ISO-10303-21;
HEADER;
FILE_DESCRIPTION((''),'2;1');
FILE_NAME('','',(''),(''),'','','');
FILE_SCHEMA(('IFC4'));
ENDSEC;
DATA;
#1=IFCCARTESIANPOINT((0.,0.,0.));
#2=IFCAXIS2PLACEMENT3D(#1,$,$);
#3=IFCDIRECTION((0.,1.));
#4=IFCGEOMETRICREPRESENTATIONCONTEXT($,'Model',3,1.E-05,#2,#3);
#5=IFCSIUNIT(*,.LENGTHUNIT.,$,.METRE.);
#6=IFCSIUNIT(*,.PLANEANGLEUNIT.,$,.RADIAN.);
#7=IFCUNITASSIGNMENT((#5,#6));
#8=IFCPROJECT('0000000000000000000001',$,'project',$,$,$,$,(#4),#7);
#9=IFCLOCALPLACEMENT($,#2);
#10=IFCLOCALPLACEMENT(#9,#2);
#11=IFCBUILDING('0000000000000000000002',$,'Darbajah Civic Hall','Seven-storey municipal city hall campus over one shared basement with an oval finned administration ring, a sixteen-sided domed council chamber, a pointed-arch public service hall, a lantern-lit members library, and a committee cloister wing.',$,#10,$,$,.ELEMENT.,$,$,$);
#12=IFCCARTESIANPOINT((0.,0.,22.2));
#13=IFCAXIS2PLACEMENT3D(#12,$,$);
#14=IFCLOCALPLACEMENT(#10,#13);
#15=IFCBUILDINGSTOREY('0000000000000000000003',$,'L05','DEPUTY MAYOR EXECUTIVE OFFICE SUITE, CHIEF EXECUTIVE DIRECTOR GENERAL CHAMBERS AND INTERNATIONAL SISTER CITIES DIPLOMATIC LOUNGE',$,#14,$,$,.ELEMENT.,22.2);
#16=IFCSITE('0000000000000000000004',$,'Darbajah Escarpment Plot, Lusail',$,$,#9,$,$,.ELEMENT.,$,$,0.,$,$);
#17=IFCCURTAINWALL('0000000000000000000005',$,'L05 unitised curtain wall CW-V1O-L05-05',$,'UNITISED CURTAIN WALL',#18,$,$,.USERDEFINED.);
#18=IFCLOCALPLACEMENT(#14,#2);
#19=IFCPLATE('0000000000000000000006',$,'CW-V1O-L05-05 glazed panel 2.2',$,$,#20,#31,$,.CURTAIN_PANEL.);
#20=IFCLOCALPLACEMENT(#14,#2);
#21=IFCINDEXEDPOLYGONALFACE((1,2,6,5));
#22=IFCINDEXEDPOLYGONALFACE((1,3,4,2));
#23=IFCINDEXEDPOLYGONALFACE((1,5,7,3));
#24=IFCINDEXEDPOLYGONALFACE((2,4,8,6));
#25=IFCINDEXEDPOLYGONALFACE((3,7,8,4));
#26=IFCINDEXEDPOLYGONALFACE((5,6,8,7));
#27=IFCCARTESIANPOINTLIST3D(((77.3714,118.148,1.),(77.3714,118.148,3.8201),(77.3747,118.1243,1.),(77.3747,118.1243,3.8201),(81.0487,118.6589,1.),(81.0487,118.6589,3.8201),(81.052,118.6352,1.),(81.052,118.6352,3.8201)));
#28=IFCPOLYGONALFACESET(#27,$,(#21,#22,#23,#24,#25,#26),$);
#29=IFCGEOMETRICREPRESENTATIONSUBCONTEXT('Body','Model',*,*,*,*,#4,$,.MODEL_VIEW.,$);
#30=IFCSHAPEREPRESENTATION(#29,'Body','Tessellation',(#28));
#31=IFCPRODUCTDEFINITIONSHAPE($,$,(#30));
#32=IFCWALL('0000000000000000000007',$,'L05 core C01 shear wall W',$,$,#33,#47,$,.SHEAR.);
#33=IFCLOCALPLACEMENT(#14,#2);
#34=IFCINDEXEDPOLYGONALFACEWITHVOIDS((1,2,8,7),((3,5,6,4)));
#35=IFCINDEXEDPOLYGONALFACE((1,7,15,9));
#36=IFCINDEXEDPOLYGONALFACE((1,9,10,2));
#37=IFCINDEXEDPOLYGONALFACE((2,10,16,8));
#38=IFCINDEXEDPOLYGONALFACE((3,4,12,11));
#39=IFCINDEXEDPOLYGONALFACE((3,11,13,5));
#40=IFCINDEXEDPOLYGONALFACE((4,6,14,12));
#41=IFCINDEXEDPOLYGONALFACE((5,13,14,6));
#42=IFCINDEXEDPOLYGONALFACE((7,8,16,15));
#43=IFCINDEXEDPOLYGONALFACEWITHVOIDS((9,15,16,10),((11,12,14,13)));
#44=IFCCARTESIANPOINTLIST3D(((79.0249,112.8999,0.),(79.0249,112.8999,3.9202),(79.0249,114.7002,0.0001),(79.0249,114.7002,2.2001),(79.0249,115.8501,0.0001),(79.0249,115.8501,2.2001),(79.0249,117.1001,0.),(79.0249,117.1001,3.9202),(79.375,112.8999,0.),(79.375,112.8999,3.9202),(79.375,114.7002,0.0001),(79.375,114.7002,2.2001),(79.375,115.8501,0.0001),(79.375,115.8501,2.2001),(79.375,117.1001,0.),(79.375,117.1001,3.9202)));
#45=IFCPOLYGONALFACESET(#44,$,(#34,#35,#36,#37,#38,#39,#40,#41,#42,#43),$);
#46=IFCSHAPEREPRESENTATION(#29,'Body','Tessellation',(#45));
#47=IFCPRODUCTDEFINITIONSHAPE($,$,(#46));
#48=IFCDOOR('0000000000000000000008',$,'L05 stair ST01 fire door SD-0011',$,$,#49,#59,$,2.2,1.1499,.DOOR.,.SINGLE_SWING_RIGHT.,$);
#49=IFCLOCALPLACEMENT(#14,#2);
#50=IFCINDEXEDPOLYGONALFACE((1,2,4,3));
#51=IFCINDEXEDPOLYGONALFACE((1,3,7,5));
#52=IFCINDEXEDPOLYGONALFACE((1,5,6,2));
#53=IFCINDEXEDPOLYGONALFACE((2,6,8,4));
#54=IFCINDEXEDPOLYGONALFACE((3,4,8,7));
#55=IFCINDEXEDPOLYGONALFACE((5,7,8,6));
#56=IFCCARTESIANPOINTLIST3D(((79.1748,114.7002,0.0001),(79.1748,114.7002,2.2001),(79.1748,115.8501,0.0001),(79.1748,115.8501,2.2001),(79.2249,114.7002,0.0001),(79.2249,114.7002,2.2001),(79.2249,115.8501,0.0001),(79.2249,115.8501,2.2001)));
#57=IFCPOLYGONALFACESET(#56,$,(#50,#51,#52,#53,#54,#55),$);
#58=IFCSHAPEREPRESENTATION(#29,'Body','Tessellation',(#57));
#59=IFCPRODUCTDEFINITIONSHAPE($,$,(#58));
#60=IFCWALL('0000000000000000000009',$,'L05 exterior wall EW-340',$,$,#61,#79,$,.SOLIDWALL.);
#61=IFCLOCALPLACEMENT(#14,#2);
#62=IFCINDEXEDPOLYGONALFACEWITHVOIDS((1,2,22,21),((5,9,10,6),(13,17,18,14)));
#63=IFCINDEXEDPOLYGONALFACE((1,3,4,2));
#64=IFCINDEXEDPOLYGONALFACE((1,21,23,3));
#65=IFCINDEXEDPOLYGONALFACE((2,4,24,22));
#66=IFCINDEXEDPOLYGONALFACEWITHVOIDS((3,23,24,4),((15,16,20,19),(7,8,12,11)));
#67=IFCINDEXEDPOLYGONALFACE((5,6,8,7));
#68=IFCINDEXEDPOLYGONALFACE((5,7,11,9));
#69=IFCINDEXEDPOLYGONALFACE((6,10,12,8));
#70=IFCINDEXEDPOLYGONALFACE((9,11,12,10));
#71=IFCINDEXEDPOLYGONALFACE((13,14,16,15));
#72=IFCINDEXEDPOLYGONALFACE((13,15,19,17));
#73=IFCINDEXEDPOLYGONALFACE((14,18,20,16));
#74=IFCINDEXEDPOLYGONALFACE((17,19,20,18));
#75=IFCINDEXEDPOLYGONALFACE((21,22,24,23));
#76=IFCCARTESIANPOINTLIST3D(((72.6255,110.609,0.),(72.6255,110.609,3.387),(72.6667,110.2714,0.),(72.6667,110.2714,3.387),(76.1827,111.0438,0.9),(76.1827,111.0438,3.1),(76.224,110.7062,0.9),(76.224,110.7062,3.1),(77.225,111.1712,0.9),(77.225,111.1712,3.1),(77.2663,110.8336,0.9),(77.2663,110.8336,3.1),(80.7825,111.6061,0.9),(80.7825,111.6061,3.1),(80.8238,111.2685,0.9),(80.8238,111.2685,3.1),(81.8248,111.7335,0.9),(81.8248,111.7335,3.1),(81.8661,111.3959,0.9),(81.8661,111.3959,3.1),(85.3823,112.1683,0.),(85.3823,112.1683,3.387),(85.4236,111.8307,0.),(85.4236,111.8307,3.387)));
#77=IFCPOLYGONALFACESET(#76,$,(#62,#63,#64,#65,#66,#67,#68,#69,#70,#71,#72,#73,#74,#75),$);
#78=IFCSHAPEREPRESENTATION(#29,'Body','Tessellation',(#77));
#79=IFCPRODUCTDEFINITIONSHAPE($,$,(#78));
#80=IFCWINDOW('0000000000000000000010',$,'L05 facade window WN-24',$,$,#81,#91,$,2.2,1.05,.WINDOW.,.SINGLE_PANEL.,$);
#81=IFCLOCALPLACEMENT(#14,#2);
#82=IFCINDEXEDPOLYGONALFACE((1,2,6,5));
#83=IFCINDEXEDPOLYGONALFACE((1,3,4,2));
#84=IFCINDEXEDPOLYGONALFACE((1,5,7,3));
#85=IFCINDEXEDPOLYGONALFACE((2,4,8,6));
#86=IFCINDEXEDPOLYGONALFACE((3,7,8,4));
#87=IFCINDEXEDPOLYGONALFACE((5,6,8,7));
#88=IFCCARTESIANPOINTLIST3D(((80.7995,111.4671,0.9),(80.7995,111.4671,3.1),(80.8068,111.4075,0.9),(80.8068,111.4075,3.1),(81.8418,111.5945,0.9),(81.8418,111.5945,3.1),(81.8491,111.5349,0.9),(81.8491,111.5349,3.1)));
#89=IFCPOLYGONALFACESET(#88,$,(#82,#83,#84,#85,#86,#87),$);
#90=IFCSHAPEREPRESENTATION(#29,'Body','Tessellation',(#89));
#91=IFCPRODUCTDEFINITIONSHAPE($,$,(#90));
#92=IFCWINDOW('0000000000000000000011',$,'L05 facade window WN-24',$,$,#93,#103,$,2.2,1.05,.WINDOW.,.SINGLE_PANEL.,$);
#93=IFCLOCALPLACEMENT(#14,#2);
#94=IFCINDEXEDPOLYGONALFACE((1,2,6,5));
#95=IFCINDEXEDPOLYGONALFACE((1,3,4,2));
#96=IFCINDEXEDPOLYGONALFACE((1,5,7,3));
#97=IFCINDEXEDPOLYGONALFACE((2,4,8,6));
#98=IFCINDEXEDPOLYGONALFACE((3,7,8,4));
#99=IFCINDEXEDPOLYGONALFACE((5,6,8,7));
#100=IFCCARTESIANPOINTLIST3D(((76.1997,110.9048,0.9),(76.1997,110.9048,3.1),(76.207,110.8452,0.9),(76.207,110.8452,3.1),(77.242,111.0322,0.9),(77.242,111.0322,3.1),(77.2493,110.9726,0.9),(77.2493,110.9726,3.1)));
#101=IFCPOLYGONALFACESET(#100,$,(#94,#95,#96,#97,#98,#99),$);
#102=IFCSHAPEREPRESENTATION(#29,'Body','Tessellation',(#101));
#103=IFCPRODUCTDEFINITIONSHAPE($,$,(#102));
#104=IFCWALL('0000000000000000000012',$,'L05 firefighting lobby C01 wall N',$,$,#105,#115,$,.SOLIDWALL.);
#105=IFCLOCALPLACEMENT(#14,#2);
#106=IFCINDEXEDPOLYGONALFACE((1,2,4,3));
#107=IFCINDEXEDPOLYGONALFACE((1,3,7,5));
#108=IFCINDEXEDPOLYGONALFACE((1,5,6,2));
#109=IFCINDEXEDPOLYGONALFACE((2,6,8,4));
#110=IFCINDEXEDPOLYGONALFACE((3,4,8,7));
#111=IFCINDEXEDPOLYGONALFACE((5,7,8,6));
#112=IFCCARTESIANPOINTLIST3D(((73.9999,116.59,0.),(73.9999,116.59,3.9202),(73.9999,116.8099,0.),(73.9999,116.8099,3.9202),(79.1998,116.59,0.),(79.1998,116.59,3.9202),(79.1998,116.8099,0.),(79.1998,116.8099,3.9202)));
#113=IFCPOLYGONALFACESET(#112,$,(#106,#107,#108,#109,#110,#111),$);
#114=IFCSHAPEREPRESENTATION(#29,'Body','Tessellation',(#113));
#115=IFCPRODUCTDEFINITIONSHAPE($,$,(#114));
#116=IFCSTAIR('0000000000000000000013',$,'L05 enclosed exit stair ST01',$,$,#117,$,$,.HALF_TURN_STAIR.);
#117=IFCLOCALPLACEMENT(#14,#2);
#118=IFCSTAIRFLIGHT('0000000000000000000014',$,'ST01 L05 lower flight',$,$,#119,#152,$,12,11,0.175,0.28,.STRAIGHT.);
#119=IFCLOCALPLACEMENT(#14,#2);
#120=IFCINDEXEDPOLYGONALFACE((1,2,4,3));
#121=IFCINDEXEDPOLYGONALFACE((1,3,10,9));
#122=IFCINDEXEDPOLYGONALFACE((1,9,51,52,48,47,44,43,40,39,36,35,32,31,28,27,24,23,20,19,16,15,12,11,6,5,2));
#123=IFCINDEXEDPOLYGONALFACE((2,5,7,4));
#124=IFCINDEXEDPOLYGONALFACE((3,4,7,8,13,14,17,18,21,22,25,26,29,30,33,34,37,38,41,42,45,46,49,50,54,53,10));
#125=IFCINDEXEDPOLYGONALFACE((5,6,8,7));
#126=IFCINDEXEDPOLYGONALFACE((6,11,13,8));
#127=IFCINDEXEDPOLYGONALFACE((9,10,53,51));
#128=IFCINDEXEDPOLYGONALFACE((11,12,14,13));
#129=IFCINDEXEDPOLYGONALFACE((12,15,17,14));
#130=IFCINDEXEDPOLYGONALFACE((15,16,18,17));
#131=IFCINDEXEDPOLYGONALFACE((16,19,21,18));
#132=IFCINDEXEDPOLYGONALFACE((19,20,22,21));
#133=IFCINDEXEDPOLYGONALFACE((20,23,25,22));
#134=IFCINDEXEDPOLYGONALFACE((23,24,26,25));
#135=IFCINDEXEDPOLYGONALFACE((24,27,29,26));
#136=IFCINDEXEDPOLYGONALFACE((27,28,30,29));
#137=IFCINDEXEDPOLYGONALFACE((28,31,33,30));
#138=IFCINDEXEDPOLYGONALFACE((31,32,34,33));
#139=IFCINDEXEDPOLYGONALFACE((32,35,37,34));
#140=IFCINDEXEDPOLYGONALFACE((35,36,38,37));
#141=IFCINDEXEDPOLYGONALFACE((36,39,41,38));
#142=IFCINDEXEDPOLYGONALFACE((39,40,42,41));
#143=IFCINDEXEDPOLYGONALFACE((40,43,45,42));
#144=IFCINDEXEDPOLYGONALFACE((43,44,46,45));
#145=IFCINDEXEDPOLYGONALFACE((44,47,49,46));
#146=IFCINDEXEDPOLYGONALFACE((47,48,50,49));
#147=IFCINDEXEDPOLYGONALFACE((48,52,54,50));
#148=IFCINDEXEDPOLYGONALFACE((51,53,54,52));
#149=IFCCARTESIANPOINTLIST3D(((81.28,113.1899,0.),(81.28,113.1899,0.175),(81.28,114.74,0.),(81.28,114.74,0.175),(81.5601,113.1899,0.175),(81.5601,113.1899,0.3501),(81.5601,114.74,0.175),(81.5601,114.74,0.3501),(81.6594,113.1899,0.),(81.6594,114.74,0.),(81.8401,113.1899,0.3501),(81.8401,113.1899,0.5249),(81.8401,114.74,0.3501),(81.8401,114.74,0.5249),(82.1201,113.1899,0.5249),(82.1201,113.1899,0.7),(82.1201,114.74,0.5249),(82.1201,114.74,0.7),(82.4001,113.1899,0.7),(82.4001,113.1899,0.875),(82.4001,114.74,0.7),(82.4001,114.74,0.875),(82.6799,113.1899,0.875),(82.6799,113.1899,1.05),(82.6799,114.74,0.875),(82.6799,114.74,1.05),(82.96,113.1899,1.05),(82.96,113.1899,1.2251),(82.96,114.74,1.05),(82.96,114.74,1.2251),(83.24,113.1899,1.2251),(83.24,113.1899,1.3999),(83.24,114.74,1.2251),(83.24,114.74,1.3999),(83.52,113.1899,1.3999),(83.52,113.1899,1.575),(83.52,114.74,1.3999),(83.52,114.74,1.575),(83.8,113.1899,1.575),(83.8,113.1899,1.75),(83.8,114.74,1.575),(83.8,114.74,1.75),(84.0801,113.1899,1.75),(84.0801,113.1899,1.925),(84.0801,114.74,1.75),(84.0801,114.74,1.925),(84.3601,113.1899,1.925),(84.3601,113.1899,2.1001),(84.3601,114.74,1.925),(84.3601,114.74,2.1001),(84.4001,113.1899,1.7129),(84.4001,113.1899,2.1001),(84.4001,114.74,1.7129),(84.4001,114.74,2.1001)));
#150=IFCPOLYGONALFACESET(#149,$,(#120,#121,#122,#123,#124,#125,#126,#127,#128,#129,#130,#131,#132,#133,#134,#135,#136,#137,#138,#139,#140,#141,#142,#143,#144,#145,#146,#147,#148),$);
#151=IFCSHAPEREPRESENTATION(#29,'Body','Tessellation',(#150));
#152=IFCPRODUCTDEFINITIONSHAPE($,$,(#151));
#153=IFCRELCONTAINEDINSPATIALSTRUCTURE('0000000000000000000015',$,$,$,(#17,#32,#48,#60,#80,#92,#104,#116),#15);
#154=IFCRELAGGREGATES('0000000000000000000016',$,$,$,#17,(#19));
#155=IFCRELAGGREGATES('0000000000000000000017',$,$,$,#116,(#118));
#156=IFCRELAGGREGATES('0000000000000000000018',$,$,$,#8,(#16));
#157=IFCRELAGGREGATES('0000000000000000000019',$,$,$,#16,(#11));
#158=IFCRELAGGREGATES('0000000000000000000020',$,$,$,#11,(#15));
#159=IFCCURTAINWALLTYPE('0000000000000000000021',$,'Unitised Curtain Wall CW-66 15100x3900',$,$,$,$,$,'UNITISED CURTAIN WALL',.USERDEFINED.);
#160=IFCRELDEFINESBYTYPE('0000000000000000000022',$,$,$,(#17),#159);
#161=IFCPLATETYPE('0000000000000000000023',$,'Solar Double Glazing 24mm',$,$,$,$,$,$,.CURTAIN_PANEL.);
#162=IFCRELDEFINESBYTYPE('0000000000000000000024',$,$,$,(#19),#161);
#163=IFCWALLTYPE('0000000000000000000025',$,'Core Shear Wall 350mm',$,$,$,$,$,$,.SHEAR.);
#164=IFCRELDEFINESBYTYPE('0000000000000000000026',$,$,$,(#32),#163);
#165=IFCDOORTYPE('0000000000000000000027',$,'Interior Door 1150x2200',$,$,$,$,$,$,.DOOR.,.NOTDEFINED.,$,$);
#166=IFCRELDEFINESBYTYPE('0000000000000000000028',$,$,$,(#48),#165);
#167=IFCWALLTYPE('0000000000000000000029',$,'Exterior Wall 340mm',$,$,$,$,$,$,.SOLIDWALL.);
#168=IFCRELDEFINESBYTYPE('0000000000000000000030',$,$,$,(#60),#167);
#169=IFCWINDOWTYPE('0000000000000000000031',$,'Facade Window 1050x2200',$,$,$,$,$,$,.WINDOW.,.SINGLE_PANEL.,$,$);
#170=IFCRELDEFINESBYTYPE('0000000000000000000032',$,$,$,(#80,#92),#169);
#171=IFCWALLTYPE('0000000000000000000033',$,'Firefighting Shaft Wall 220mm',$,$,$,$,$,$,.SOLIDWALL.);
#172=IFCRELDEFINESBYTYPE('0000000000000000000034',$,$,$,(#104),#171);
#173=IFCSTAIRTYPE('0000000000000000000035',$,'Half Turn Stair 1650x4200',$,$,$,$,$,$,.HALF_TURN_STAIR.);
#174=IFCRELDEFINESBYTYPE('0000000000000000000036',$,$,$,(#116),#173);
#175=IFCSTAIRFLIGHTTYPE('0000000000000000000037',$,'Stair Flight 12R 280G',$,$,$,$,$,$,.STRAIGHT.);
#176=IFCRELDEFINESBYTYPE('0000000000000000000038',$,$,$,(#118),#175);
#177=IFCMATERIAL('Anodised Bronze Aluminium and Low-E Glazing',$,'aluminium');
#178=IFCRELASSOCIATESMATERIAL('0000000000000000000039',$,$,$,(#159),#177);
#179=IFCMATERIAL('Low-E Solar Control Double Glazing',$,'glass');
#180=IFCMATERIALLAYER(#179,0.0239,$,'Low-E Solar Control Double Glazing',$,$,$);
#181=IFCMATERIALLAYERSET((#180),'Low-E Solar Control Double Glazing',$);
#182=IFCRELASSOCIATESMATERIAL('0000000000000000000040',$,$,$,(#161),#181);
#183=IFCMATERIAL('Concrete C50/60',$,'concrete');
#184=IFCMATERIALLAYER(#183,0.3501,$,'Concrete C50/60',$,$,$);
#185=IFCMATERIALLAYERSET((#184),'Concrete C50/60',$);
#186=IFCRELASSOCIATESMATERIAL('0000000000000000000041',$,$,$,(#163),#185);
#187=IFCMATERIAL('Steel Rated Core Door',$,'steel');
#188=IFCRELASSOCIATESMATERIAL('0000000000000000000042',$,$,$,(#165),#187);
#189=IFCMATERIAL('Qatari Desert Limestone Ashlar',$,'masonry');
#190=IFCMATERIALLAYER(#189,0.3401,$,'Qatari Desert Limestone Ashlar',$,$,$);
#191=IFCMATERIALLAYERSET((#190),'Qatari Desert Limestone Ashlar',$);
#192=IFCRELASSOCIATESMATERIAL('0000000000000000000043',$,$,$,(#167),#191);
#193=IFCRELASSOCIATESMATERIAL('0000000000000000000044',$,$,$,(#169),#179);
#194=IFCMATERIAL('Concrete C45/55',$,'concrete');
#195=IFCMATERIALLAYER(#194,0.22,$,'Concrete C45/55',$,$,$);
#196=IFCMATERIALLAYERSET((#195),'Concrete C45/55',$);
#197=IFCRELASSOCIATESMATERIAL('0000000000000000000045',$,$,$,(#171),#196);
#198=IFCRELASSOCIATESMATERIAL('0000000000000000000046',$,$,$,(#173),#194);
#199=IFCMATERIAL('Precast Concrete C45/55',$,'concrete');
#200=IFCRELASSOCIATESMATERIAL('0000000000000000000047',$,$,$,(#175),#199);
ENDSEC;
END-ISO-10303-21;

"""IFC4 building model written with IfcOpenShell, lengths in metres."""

from ifc_helpers import new_model, si_unit, direction, frame, frame_2d, origin, origin_2d, place, context, subcontext, project, spatial, polyline, rectangle, outline, extrude, material, layer, layer_set, type_object, element, fill, aggregate, save


model = new_model("IFC4")

# Units and contexts
model_context = context("Model", 3, precision=1e-05, world=origin(), true_north=direction((0.0, 1.0)))
body_context = subcontext(model_context, "Body", "Model", "MODEL_VIEW")
ifc_project = project(units=[si_unit("LENGTHUNIT", "METRE"), si_unit("PLANEANGLEUNIT", "RADIAN")], contexts=[model_context])

# Site, building, storey
site_placement = place(None, origin())
site = spatial("IfcSite", under=ifc_project, at=site_placement, Name="Darbajah Escarpment Plot, Lusail", CompositionType="ELEMENT", RefElevation=0.0)
building_placement = place(site_placement, origin())
building = spatial("IfcBuilding", under=site, at=building_placement, Name="Darbajah Civic Hall", Description="Seven-storey municipal city hall campus over one shared basement with an oval finned administration ring, a sixteen-sided domed council chamber, a pointed-arch public service hall, a lantern-lit members library, and a committee cloister wing.", CompositionType="ELEMENT")
storey_placement = place(building_placement, frame((0.0, 0.0, 22.2)))
storey = spatial("IfcBuildingStorey", under=building, at=storey_placement, Name="L05", Description="DEPUTY MAYOR EXECUTIVE OFFICE SUITE, CHIEF EXECUTIVE DIRECTOR GENERAL CHAMBERS AND INTERNATIONAL SISTER CITIES DIPLOMATIC LOUNGE", CompositionType="ELEMENT", Elevation=22.2)

# Shared definitions
ifc_material_1 = material(Name="Concrete C45/55", Category="concrete")

# Curtain wall
ifc_material_2 = material(Name="Anodised Bronze Aluminium and Low-E Glazing", Category="aluminium")
curtain_wall_type = type_object("IfcCurtainWallType", Name="Unitised Curtain Wall CW-66 15100x3900", ElementType="UNITISED CURTAIN WALL", PredefinedType="USERDEFINED", material=ifc_material_2)
curtain_wall_placement = place(storey_placement, origin())
curtain_wall = element("IfcCurtainWall", 1, at=curtain_wall_placement, inside=storey, type_object=curtain_wall_type, Name="L05 unitised curtain wall CW-V1O-L05-05", ObjectType="UNITISED CURTAIN WALL", PredefinedType="USERDEFINED")

# Plate
ifc_material_3 = material(Name="Low-E Solar Control Double Glazing", Category="glass")
ifc_layer_1 = layer(ifc_material_3, 0.0239, Name="Low-E Solar Control Double Glazing")
ifc_layer_set_1 = layer_set([ifc_layer_1], Name="Low-E Solar Control Double Glazing")
plate_type = type_object("IfcPlateType", Name="Solar Double Glazing 24mm", PredefinedType="CURTAIN_PANEL", material=ifc_layer_set_1)
plate_1_placement = place(storey_placement, frame((79.2117, 118.3916, 1.0), z_axis=(0.0, 0.0, 1.0), x_axis=(-0.990485, -0.137617, 0.0)))
plate_1 = element("IfcPlate", 2, at=plate_1_placement, type_object=plate_type, Name="CW-V1O-L05-05 glazed panel 2.2", PredefinedType="CURTAIN_PANEL", context=body_context, shape_type="SweptSolid", body=[
    extrude(rectangle(XDim=3.7126, YDim=0.0239, at=origin_2d()), origin(), (0.0, 0.0, 1.0), 2.8201),
])
aggregate(curtain_wall, [plate_1])

# Wall, opening, door
ifc_material_4 = material(Name="Concrete C50/60", Category="concrete")
ifc_layer_2 = layer(ifc_material_4, 0.3501, Name="Concrete C50/60")
ifc_layer_set_2 = layer_set([ifc_layer_2], Name="Concrete C50/60")
wall_type_1 = type_object("IfcWallType", Name="Core Shear Wall 350mm", PredefinedType="SHEAR", material=ifc_layer_set_2)
wall_1_placement = place(storey_placement, frame((79.2, 117.1001, 0.0), z_axis=(0.0, 0.0, 1.0), x_axis=(0.0, -1.0, 0.0)))
wall_1 = element("IfcWall", 3, at=wall_1_placement, inside=storey, type_object=wall_type_1, Name="L05 core C01 shear wall W", PredefinedType="SHEAR", context=body_context, shape_type="SweptSolid", body=[
    extrude(rectangle(XDim=4.2002, YDim=0.3501, at=frame_2d((2.1001, 0.0))), origin(), (0.0, 0.0, 1.0), 3.9202),
])
opening_1_placement = place(wall_1_placement, frame((1.25, 0.0, 0.0)))
opening_1 = element("IfcOpeningElement", 4, at=opening_1_placement, cuts=wall_1, PredefinedType="OPENING", context=body_context, shape_type="SweptSolid", body=[
    extrude(rectangle(XDim=1.1499, YDim=2.2, at=frame_2d((0.575, 1.1001))), frame((0.0, 0.1851, 0.0), z_axis=(0.0, -1.0, 0.0), x_axis=(1.0, 0.0, 0.0)), (0.0, 0.0, 1.0), 0.3701),
])
ifc_material_5 = material(Name="Steel Rated Core Door", Category="steel")
door_type = type_object("IfcDoorType", Name="Interior Door 1150x2200", OperationType="NOTDEFINED", PredefinedType="DOOR", material=ifc_material_5)
door_placement = place(opening_1_placement, origin())
door = element("IfcDoor", 5, at=door_placement, inside=storey, type_object=door_type, Name="L05 stair ST01 fire door SD-0011", OperationType="SINGLE_SWING_RIGHT", OverallHeight=2.2, OverallWidth=1.1499, PredefinedType="DOOR", context=body_context, shape_type="SweptSolid", body=[
    extrude(rectangle(XDim=1.1499, YDim=2.2, at=frame_2d((0.575, 1.1001))), frame((0.0, 0.0249, 0.0), z_axis=(0.0, -1.0, 0.0), x_axis=(1.0, 0.0, 0.0)), (0.0, 0.0, 1.0), 0.05),
])
fill(opening_1, door)

# Wall, openings, windows
ifc_material_6 = material(Name="Qatari Desert Limestone Ashlar", Category="masonry")
ifc_layer_3 = layer(ifc_material_6, 0.3401, Name="Qatari Desert Limestone Ashlar")
ifc_layer_set_3 = layer_set([ifc_layer_3], Name="Qatari Desert Limestone Ashlar")
wall_type_2 = type_object("IfcWallType", Name="Exterior Wall 340mm", PredefinedType="SOLIDWALL", material=ifc_layer_set_3)
wall_2_placement = place(storey_placement, frame((85.4028, 111.9995, 0.0), z_axis=(0.0, 0.0, 1.0), x_axis=(-0.992612, -0.121331, 0.0)))
wall_2 = element("IfcWall", 6, at=wall_2_placement, inside=storey, type_object=wall_type_2, Name="L05 exterior wall EW-340", PredefinedType="SOLIDWALL", context=body_context, shape_type="SweptSolid", body=[
    extrude(rectangle(XDim=12.8518, YDim=0.3401, at=frame_2d((6.4258, 0.0))), origin(), (0.0, 0.0, 1.0), 3.387),
])
opening_2_placement = place(wall_2_placement, frame((3.584, 0.0, 0.8999)))
opening_2 = element("IfcOpeningElement", 7, at=opening_2_placement, cuts=wall_2, PredefinedType="OPENING", context=body_context, shape_type="SweptSolid", body=[
    extrude(rectangle(XDim=1.05, YDim=2.2, at=frame_2d((0.5249, 1.1001))), frame((0.0, 0.1799, 0.0), z_axis=(0.0, -1.0, 0.0), x_axis=(1.0, 0.0, 0.0)), (0.0, 0.0, 1.0), 0.3601),
])
opening_3_placement = place(wall_2_placement, frame((8.218, 0.0, 0.8999)))
opening_3 = element("IfcOpeningElement", 8, at=opening_3_placement, cuts=wall_2, PredefinedType="OPENING", context=body_context, shape_type="SweptSolid", body=[
    extrude(rectangle(XDim=1.05, YDim=2.2, at=frame_2d((0.5249, 1.1001))), frame((0.0, 0.1799, 0.0), z_axis=(0.0, -1.0, 0.0), x_axis=(1.0, 0.0, 0.0)), (0.0, 0.0, 1.0), 0.3601),
])
window_type = type_object("IfcWindowType", Name="Facade Window 1050x2200", PartitioningType="SINGLE_PANEL", PredefinedType="WINDOW", material=ifc_material_3)
window_1_placement = place(opening_2_placement, origin())
window_1 = element("IfcWindow", 9, at=window_1_placement, inside=storey, type_object=window_type, Name="L05 facade window WN-24", OverallHeight=2.2, OverallWidth=1.05, PartitioningType="SINGLE_PANEL", PredefinedType="WINDOW", context=body_context, shape_type="SweptSolid", body=[
    extrude(rectangle(XDim=1.05, YDim=2.2, at=frame_2d((0.5249, 1.1001))), frame((0.0, 0.03, 0.0), z_axis=(0.0, -1.0, 0.0), x_axis=(1.0, 0.0, 0.0)), (0.0, 0.0, 1.0), 0.0601),
])
fill(opening_2, window_1)
window_2_placement = place(opening_3_placement, origin())
window_2 = element("IfcWindow", 10, at=window_2_placement, inside=storey, type_object=window_type, Name="L05 facade window WN-24", OverallHeight=2.2, OverallWidth=1.05, PartitioningType="SINGLE_PANEL", PredefinedType="WINDOW", context=body_context, shape_type="SweptSolid", body=[
    extrude(rectangle(XDim=1.05, YDim=2.2, at=frame_2d((0.5249, 1.1001))), frame((0.0, 0.03, 0.0), z_axis=(0.0, -1.0, 0.0), x_axis=(1.0, 0.0, 0.0)), (0.0, 0.0, 1.0), 0.0601),
])
fill(opening_3, window_2)

# Wall
ifc_layer_4 = layer(ifc_material_1, 0.22, Name="Concrete C45/55")
ifc_layer_set_4 = layer_set([ifc_layer_4], Name="Concrete C45/55")
wall_type_3 = type_object("IfcWallType", Name="Firefighting Shaft Wall 220mm", PredefinedType="SOLIDWALL", material=ifc_layer_set_4)
wall_3_placement = place(storey_placement, frame((79.2, 116.7, 0.0), z_axis=(0.0, 0.0, 1.0), x_axis=(-1.0, 0.0, 0.0)))
element("IfcWall", 11, at=wall_3_placement, inside=storey, type_object=wall_type_3, Name="L05 firefighting lobby C01 wall N", PredefinedType="SOLIDWALL", context=body_context, shape_type="SweptSolid", body=[
    extrude(rectangle(XDim=5.2, YDim=0.22, at=frame_2d((2.6001, 0.0))), origin(), (0.0, 0.0, 1.0), 3.9202),
])

# Stair, stair flight
stair_type = type_object("IfcStairType", Name="Half Turn Stair 1650x4200", PredefinedType="HALF_TURN_STAIR", material=ifc_material_1)
stair_placement = place(storey_placement, origin())
stair = element("IfcStair", 12, at=stair_placement, inside=storey, type_object=stair_type, Name="L05 enclosed exit stair ST01", PredefinedType="HALF_TURN_STAIR")
ifc_material_7 = material(Name="Precast Concrete C45/55", Category="concrete")
stair_flight_type = type_object("IfcStairFlightType", Name="Stair Flight 12R 280G", PredefinedType="STRAIGHT", material=ifc_material_7)
stair_flight_1_placement = place(storey_placement, frame((81.28, 113.9651, 0.0), z_axis=(0.0, 0.0, 1.0), x_axis=(1.0, 0.0, 0.0)))
stair_flight_1 = element("IfcStairFlight", 13, at=stair_flight_1_placement, type_object=stair_flight_type, Name="ST01 L05 lower flight", NumberOfRisers=12, NumberOfTreads=11, PredefinedType="STRAIGHT", RiserHeight=0.175, TreadLength=0.28, context=body_context, shape_type="SweptSolid", body=[
    extrude(outline(polyline([(0.0, 0.0), (0.0, 0.175), (0.28, 0.175), (0.28, 0.3501), (0.5601, 0.3501), (0.5601, 0.5249), (0.8401, 0.5249), (0.8401, 0.7), (1.1201, 0.7), (1.1201, 0.875), (1.3999, 0.875), (1.3999, 1.05), (1.6799, 1.05), (1.6799, 1.2251), (1.96, 1.2251), (1.96, 1.3999), (2.24, 1.3999), (2.24, 1.575), (2.52, 1.575), (2.52, 1.75), (2.8, 1.75), (2.8, 1.925), (3.0801, 1.925), (3.0801, 2.1001), (3.1201, 2.1001), (3.1201, 1.7129), (0.3794, 0.0), (0.0, 0.0)])), frame((0.0, 0.7749, 0.0), z_axis=(0.0, -1.0, 0.0), x_axis=(1.0, 0.0, 0.0)), (0.0, 0.0, 1.0), 1.55),
])
aggregate(stair, [stair_flight_1])

save(model, "model.ifc")
